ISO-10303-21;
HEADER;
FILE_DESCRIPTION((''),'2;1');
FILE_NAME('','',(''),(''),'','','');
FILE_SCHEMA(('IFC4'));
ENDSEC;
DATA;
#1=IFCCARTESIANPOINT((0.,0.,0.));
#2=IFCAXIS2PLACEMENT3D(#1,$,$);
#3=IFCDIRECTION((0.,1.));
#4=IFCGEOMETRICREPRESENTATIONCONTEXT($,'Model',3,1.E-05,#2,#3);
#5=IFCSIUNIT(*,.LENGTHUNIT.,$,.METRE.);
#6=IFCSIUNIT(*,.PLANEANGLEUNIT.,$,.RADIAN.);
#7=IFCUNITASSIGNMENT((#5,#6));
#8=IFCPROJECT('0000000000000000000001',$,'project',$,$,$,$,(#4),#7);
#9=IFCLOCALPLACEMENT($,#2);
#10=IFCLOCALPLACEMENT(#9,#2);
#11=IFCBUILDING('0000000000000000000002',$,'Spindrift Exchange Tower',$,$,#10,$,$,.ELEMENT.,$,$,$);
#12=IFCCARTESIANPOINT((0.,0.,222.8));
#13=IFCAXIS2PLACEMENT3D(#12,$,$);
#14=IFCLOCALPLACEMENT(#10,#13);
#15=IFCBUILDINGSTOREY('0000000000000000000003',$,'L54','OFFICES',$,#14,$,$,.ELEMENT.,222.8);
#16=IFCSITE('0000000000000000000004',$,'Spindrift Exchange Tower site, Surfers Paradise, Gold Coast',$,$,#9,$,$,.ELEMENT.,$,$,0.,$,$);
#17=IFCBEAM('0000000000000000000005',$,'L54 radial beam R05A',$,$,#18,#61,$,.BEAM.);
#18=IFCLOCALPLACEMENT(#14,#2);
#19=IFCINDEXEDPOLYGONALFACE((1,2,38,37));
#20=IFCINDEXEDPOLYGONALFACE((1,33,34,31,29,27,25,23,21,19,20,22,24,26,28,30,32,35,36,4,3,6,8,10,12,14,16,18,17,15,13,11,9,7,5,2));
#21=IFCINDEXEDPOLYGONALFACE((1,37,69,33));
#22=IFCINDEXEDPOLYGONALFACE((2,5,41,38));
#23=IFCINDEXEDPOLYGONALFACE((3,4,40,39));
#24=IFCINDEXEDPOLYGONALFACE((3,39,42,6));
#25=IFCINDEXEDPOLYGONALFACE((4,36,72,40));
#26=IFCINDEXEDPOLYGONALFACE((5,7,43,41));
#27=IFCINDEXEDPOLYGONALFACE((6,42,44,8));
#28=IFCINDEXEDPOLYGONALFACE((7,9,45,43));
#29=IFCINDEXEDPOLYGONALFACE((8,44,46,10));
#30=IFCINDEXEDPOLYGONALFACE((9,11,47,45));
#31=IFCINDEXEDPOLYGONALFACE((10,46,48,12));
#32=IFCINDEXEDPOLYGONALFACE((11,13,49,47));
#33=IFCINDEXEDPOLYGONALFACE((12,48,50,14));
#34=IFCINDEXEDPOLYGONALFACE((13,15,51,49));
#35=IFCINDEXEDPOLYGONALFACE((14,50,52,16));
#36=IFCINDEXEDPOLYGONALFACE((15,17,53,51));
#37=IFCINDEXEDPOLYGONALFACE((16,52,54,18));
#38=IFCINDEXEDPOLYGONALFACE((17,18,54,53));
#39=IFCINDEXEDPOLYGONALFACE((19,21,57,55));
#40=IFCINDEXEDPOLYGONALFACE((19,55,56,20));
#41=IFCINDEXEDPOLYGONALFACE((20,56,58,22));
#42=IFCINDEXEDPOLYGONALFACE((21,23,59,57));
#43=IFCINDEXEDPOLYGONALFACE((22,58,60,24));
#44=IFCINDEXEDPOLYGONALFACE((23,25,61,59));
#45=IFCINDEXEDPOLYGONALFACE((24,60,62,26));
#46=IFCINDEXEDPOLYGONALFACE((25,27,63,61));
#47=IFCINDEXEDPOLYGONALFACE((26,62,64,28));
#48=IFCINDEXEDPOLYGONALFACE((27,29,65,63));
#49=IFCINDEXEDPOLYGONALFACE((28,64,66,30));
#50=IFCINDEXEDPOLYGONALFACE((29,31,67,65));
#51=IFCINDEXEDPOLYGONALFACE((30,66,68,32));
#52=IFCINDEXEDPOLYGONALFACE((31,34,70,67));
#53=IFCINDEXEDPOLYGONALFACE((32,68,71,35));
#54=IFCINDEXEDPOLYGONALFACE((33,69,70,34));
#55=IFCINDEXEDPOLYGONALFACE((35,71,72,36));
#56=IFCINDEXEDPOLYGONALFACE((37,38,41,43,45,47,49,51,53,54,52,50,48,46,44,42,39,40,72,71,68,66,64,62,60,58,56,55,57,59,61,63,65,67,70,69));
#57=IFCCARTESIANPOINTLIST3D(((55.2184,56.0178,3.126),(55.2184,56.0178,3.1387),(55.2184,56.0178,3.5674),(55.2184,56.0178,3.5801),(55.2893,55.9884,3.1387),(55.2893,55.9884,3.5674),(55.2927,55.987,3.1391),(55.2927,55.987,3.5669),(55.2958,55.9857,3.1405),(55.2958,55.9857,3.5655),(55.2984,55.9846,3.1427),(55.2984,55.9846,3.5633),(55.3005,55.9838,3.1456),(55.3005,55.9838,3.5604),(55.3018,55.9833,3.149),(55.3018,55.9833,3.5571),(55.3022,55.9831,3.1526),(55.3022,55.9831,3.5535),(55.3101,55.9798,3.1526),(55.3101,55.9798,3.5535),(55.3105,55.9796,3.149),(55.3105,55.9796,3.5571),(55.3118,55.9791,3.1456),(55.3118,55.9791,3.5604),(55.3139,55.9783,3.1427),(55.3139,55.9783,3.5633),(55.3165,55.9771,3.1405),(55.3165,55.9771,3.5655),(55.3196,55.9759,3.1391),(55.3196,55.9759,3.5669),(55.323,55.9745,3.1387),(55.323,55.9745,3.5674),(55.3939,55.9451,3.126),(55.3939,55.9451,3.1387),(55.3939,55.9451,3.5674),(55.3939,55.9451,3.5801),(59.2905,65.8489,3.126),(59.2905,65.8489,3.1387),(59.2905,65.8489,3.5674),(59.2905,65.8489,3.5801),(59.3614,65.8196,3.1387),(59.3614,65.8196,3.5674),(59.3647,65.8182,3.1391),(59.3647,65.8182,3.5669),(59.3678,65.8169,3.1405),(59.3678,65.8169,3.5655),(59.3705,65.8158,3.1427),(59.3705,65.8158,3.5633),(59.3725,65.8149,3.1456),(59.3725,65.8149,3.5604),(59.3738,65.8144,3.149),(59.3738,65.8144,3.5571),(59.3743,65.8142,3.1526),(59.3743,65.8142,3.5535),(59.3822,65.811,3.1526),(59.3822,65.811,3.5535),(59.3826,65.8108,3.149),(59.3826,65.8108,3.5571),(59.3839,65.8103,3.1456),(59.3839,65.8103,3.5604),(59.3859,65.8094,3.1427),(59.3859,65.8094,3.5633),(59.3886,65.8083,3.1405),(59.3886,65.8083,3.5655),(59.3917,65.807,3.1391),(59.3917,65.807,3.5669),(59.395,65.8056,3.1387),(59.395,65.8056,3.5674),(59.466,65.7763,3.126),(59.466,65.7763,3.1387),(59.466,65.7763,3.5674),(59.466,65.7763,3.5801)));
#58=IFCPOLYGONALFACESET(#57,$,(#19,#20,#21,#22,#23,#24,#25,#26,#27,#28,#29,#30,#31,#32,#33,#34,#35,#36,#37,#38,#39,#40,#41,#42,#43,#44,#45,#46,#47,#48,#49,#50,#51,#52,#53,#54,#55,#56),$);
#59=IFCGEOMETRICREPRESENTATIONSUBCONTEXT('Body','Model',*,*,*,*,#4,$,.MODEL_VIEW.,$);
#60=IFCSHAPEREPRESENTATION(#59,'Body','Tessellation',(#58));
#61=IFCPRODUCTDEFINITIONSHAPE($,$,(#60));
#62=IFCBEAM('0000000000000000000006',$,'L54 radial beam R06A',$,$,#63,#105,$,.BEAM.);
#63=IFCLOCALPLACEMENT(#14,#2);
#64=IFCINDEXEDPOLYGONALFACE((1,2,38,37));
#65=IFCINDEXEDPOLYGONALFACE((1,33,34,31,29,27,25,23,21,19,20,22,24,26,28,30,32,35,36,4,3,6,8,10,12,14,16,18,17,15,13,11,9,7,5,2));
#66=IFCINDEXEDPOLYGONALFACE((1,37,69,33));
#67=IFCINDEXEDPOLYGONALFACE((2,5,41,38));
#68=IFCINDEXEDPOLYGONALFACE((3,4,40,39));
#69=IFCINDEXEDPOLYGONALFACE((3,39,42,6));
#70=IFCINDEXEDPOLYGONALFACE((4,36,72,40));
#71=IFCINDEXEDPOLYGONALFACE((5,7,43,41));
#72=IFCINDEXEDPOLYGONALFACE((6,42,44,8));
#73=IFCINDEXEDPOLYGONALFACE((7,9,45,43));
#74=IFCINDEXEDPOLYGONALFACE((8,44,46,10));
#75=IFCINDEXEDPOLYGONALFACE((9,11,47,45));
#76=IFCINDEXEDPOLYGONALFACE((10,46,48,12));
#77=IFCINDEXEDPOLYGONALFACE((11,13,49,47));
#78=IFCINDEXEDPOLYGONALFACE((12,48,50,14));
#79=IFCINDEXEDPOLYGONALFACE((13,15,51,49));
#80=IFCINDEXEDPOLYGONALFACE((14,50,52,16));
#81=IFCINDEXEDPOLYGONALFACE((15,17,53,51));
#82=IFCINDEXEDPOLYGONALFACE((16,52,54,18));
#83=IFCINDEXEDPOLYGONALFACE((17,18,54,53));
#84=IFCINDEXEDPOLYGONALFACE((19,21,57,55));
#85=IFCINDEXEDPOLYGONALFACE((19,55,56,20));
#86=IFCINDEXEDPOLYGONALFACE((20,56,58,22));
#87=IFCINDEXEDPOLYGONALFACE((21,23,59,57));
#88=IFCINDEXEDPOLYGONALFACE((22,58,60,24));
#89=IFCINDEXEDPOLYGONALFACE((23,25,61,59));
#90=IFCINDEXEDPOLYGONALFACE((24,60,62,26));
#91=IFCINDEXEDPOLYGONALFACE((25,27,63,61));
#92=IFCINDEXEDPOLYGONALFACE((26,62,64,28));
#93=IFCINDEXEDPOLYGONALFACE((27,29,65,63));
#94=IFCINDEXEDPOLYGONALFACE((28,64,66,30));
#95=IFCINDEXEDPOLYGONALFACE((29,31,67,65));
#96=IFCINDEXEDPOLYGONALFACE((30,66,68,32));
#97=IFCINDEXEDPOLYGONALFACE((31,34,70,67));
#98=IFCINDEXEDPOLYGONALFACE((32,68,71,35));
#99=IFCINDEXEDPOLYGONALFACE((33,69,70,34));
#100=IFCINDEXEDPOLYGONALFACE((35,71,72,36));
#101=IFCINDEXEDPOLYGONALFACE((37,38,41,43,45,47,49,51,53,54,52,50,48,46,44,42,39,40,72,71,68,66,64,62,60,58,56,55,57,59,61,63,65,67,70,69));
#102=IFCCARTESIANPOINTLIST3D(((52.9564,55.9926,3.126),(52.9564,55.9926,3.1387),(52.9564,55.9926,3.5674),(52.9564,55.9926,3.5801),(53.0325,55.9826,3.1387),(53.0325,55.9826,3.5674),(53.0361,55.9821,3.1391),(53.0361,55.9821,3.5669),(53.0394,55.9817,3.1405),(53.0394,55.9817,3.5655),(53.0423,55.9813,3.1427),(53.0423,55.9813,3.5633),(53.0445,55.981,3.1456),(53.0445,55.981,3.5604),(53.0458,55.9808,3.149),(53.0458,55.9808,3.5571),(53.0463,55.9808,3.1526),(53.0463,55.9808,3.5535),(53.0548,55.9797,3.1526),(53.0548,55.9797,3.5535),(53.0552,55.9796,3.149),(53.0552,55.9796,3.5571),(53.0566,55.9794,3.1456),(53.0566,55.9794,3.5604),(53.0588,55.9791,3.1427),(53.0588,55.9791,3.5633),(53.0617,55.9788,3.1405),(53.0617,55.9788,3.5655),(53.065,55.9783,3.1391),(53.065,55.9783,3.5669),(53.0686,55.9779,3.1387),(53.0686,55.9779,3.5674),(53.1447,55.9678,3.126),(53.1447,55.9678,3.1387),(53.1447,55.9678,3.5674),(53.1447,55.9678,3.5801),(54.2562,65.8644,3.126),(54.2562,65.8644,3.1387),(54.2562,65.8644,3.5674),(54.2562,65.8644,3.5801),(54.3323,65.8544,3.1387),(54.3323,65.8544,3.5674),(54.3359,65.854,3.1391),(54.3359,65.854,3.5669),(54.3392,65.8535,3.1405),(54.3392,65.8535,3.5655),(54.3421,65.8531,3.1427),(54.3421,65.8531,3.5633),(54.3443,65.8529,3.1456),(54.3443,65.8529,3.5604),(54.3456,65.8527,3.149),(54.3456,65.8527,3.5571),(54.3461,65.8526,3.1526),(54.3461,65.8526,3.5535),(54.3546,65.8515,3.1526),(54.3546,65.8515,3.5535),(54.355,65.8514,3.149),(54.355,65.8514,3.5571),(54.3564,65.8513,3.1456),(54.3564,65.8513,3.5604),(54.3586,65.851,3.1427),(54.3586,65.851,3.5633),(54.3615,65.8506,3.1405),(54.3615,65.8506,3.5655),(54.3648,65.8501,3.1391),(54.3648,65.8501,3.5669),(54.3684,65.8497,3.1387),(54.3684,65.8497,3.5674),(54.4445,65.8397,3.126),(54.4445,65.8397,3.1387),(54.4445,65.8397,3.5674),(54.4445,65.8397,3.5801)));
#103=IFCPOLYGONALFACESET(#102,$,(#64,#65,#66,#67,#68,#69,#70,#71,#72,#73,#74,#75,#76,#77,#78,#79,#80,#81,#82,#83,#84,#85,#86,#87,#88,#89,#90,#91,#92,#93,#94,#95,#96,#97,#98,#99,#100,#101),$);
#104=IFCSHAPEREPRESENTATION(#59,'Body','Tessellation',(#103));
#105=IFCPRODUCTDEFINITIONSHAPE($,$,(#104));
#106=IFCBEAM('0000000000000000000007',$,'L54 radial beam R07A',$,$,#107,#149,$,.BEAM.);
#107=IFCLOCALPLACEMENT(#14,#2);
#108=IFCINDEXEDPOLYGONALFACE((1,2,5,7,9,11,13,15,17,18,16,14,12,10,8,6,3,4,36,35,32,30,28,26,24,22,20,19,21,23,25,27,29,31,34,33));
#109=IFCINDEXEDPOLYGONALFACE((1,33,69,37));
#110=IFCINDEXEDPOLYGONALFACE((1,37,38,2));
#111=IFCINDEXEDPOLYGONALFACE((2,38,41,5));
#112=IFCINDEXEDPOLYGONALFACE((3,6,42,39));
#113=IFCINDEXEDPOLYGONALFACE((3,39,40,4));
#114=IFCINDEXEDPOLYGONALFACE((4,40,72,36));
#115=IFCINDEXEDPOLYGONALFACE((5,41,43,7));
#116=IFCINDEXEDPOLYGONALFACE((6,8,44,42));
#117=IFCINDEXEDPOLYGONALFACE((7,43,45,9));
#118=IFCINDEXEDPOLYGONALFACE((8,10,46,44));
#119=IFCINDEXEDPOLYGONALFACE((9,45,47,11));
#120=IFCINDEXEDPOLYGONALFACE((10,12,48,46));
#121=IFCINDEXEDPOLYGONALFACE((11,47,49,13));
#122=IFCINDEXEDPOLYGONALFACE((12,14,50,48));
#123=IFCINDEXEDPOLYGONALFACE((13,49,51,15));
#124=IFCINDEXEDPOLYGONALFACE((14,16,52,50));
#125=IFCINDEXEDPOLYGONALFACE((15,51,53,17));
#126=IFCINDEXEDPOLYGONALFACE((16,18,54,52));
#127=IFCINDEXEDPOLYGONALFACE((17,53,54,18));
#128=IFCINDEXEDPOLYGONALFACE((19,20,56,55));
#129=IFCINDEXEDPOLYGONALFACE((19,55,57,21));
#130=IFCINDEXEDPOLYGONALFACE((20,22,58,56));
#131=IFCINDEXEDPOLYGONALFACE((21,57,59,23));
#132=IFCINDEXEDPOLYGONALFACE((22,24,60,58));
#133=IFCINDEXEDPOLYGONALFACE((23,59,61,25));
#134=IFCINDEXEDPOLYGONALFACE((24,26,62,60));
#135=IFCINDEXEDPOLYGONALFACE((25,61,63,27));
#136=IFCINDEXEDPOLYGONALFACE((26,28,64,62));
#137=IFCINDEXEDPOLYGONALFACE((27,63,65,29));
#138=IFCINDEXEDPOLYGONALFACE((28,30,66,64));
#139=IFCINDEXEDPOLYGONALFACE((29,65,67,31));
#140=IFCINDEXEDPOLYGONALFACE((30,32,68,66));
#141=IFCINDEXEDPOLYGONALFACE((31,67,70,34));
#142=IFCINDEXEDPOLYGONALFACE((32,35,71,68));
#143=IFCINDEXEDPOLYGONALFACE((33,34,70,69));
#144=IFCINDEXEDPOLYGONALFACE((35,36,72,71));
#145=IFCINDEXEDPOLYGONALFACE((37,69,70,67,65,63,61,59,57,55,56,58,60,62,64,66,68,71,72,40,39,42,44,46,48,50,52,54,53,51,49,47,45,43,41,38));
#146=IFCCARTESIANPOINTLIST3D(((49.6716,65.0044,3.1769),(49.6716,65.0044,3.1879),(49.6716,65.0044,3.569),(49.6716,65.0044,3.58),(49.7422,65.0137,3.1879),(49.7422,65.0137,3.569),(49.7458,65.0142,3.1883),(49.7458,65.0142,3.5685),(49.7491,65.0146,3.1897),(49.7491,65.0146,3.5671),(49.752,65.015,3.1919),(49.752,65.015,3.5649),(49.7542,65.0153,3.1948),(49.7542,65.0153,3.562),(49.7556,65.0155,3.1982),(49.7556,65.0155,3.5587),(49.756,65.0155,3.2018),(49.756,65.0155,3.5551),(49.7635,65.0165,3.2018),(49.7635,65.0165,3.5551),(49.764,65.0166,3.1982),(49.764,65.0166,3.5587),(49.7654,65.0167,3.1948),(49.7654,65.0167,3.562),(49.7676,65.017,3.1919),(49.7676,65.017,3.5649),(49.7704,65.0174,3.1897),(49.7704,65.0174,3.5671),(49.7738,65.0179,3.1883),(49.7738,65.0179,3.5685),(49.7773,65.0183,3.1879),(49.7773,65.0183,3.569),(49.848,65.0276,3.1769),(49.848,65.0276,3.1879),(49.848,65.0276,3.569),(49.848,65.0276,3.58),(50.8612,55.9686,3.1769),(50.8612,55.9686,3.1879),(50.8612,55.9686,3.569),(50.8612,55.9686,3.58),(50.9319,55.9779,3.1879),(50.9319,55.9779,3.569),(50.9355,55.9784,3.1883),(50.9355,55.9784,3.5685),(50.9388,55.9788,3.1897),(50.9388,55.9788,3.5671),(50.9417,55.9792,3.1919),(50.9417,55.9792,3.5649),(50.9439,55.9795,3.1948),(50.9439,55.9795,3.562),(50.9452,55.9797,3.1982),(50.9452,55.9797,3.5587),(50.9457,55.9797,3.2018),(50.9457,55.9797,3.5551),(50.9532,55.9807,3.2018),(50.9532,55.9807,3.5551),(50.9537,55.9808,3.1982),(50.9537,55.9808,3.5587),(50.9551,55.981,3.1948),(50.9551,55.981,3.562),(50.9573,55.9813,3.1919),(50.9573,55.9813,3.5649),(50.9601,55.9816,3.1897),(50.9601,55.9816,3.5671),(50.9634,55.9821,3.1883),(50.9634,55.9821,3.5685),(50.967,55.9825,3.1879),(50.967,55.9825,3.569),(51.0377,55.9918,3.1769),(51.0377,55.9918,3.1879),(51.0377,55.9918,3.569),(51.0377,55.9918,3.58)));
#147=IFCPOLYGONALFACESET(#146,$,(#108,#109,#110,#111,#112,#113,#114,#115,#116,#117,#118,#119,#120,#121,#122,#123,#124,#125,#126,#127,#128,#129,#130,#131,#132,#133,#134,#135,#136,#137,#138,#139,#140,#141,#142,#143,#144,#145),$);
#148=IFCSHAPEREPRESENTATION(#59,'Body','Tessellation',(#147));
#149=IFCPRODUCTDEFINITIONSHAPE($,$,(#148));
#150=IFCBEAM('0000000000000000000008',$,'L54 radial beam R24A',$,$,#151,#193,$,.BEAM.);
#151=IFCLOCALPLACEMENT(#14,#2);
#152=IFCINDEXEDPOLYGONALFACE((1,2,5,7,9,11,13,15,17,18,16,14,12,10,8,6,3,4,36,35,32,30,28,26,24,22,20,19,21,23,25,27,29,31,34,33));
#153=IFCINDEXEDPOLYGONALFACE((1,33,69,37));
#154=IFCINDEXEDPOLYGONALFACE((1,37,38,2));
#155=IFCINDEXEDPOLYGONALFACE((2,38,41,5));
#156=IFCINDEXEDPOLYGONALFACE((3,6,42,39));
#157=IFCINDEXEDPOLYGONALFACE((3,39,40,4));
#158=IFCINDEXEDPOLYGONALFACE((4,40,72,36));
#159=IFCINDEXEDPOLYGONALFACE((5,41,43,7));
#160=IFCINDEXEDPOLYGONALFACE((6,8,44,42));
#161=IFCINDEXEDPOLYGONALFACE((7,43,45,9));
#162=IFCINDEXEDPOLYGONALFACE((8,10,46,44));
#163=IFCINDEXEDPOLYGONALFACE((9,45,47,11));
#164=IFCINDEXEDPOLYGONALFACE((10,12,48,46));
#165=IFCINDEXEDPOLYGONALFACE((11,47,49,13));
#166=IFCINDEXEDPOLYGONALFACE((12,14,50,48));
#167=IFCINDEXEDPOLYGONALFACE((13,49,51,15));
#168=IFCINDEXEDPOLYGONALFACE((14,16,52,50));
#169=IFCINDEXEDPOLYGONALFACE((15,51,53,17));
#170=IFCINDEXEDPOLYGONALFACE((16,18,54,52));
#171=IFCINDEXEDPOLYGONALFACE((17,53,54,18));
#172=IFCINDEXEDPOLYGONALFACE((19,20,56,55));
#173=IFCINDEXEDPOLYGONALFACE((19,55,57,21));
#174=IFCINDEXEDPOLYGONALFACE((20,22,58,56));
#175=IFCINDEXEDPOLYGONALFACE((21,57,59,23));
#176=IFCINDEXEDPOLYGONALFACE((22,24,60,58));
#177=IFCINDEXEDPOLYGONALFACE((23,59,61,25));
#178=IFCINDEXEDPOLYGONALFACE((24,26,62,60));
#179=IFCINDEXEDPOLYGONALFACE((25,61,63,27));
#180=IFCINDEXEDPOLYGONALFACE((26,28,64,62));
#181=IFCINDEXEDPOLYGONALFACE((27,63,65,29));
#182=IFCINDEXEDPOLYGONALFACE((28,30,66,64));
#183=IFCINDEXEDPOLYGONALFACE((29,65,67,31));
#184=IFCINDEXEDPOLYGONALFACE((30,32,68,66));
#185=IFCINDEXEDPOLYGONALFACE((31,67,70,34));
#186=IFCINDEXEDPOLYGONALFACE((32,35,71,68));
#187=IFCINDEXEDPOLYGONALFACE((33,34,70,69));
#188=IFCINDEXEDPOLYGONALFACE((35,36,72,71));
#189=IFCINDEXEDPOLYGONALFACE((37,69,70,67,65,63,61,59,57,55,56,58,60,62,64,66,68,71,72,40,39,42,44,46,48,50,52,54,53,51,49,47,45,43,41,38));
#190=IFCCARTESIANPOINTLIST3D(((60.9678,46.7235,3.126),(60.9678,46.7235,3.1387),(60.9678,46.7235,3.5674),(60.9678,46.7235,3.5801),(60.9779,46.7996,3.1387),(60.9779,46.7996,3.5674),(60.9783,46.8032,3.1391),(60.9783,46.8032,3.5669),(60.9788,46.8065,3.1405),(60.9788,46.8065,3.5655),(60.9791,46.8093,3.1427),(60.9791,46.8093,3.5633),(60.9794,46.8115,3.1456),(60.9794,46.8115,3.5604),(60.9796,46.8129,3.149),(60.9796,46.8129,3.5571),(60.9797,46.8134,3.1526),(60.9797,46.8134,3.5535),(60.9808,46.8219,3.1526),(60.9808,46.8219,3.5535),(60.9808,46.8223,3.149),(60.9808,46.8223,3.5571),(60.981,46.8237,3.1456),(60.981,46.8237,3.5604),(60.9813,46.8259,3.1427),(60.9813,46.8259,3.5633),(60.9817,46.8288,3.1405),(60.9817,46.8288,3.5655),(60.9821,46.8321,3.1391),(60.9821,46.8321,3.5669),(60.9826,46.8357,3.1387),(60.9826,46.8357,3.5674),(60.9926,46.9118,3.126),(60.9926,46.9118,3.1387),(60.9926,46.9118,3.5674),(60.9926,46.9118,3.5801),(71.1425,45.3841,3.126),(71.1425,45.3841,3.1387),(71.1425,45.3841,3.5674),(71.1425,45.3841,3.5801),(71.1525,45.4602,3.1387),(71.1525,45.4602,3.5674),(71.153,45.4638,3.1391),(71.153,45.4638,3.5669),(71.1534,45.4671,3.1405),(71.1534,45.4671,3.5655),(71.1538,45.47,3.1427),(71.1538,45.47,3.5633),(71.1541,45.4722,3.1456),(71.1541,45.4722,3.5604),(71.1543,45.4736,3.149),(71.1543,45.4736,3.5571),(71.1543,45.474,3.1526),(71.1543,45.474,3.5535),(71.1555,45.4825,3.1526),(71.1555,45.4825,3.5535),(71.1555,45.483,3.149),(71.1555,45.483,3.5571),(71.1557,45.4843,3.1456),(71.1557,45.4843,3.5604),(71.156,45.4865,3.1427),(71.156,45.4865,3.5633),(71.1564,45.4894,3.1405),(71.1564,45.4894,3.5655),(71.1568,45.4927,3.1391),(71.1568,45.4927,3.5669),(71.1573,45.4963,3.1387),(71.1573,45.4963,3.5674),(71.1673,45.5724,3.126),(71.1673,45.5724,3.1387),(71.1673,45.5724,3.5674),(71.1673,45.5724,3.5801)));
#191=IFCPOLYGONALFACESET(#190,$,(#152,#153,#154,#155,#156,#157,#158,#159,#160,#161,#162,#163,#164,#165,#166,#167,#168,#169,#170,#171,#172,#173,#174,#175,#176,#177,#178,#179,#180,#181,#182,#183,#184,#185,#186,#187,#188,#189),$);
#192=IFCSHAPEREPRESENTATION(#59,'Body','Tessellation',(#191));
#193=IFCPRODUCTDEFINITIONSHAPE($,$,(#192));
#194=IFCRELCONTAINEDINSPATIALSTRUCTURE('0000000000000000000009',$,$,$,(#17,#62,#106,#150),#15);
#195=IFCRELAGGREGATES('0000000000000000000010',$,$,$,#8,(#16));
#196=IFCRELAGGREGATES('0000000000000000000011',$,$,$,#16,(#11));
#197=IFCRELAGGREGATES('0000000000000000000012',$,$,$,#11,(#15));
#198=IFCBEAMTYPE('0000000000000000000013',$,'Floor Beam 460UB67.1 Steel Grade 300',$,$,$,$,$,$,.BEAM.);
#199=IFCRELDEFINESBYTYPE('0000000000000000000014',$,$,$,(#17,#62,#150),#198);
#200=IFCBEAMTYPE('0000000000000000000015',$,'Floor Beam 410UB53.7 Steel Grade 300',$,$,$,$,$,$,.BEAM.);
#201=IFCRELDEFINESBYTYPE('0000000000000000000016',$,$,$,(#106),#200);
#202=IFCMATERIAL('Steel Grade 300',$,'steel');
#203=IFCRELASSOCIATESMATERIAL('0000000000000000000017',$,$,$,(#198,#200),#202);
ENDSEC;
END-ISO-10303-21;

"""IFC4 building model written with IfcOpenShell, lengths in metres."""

from ifc_helpers import new_model, si_unit, direction, frame, origin, origin_2d, place, context, subcontext, project, spatial, i_section, extrude, source, transform, mapped, material, material_profile, profile_set, type_object, element, save


model = new_model("IFC4")

# Units and contexts
model_context = context("Model", 3, precision=1e-05, world=origin(), true_north=direction((0.0, 1.0)))
body_context = subcontext(model_context, "Body", "Model", "MODEL_VIEW")
ifc_project = project(units=[si_unit("LENGTHUNIT", "METRE"), si_unit("PLANEANGLEUNIT", "RADIAN")], contexts=[model_context])

# Site, building, storey
site_placement = place(None, origin())
site = spatial("IfcSite", under=ifc_project, at=site_placement, Name="Spindrift Exchange Tower site, Surfers Paradise, Gold Coast", CompositionType="ELEMENT", RefElevation=0.0)
building_placement = place(site_placement, origin())
building = spatial("IfcBuilding", under=site, at=building_placement, Name="Spindrift Exchange Tower", CompositionType="ELEMENT")
storey_placement = place(building_placement, frame((0.0, 0.0, 222.8)))
storey = spatial("IfcBuildingStorey", under=building, at=storey_placement, Name="L54", Description="OFFICES", CompositionType="ELEMENT", Elevation=222.8)

# Beams
ifc_material_1 = material(Name="Steel Grade 300", Category="steel")
ifc_material_profile_1 = material_profile(ifc_material_1, i_section(OverallWidth=0.1899, OverallDepth=0.4541, WebThickness=0.0085, FlangeThickness=0.0127, FilletRadius=0.0139, at=origin_2d()), Name="460UB67.1")
ifc_profile_set_1 = profile_set([ifc_material_profile_1], Name="Steel Grade 300")
beam_type_1 = type_object("IfcBeamType", Name="Floor Beam 460UB67.1 Steel Grade 300", PredefinedType="BEAM", material=ifc_profile_set_1)
shared_shape_1 = source(origin(), body_context, "Body", "SweptSolid", [
    extrude(i_section(OverallWidth=0.1899, OverallDepth=0.4541, WebThickness=0.0085, FlangeThickness=0.0127, FilletRadius=0.0139, at=origin_2d()), origin(), (0.0, 0.0, 1.0), 10.6411),
])
beam_1_placement = place(storey_placement, frame((55.3062, 55.9814, 3.353), z_axis=(0.382673, 0.923884, 0.0), x_axis=(-0.923884, 0.382673, 0.0)))
element("IfcBeam", 1, at=beam_1_placement, inside=storey, type_object=beam_type_1, Name="L54 radial beam R05A", PredefinedType="BEAM", context=body_context, shape_type="MappedRepresentation", body=[
    mapped(shared_shape_1, transform((0.0, 0.0, 0.0), scale=1.0)),
])
shared_shape_2 = source(origin(), body_context, "Body", "SweptSolid", [
    extrude(i_section(OverallWidth=0.1899, OverallDepth=0.4541, WebThickness=0.0085, FlangeThickness=0.0127, FilletRadius=0.0139, at=origin_2d()), origin(), (0.0, 0.0, 1.0), 9.957),
])
beam_2_placement = place(storey_placement, frame((53.0505, 55.9802, 3.353), z_axis=(0.130541, 0.991443, 0.0), x_axis=(-0.991443, 0.130541, 0.0)))
element("IfcBeam", 2, at=beam_2_placement, inside=storey, type_object=beam_type_1, Name="L54 radial beam R06A", PredefinedType="BEAM", context=body_context, shape_type="MappedRepresentation", body=[
    mapped(shared_shape_2, transform((0.0, 0.0, 0.0), scale=1.0)),
])
ifc_material_profile_2 = material_profile(ifc_material_1, i_section(OverallWidth=0.178, OverallDepth=0.4031, WebThickness=0.0076, FlangeThickness=0.011, FilletRadius=0.0139, at=origin_2d()), Name="410UB53.7")
ifc_profile_set_2 = profile_set([ifc_material_profile_2], Name="Steel Grade 300")
beam_type_2 = type_object("IfcBeamType", Name="Floor Beam 410UB53.7 Steel Grade 300", PredefinedType="BEAM", material=ifc_profile_set_2)
shared_shape_3 = source(origin(), body_context, "Body", "SweptSolid", [
    extrude(i_section(OverallWidth=0.178, OverallDepth=0.4031, WebThickness=0.0076, FlangeThickness=0.011, FilletRadius=0.0139, at=origin_2d()), origin(), (0.0, 0.0, 1.0), 9.1138),
])
beam_3_placement = place(storey_placement, frame((50.9495, 55.9802, 3.3784), z_axis=(-0.130537, 0.991443, 0.0), x_axis=(-0.991443, -0.130537, 0.0)))
element("IfcBeam", 3, at=beam_3_placement, inside=storey, type_object=beam_type_2, Name="L54 radial beam R07A", PredefinedType="BEAM", context=body_context, shape_type="MappedRepresentation", body=[
    mapped(shared_shape_3, transform((0.0, 0.0, 0.0), scale=1.0)),
])
shared_shape_4 = source(origin(), body_context, "Body", "SweptSolid", [
    extrude(i_section(OverallWidth=0.1899, OverallDepth=0.4541, WebThickness=0.0085, FlangeThickness=0.0127, FilletRadius=0.0139, at=origin_2d()), origin(), (0.0, 0.0, 1.0), 10.2625),
])
beam_4_placement = place(storey_placement, frame((60.9802, 46.8176, 3.353), z_axis=(0.991447, -0.130512, 0.0), x_axis=(0.130512, 0.991447, 0.0)))
element("IfcBeam", 4, at=beam_4_placement, inside=storey, type_object=beam_type_1, Name="L54 radial beam R24A", PredefinedType="BEAM", context=body_context, shape_type="MappedRepresentation", body=[
    mapped(shared_shape_4, transform((0.0, 0.0, 0.0), scale=1.0)),
])

save(model, "model.ifc")
